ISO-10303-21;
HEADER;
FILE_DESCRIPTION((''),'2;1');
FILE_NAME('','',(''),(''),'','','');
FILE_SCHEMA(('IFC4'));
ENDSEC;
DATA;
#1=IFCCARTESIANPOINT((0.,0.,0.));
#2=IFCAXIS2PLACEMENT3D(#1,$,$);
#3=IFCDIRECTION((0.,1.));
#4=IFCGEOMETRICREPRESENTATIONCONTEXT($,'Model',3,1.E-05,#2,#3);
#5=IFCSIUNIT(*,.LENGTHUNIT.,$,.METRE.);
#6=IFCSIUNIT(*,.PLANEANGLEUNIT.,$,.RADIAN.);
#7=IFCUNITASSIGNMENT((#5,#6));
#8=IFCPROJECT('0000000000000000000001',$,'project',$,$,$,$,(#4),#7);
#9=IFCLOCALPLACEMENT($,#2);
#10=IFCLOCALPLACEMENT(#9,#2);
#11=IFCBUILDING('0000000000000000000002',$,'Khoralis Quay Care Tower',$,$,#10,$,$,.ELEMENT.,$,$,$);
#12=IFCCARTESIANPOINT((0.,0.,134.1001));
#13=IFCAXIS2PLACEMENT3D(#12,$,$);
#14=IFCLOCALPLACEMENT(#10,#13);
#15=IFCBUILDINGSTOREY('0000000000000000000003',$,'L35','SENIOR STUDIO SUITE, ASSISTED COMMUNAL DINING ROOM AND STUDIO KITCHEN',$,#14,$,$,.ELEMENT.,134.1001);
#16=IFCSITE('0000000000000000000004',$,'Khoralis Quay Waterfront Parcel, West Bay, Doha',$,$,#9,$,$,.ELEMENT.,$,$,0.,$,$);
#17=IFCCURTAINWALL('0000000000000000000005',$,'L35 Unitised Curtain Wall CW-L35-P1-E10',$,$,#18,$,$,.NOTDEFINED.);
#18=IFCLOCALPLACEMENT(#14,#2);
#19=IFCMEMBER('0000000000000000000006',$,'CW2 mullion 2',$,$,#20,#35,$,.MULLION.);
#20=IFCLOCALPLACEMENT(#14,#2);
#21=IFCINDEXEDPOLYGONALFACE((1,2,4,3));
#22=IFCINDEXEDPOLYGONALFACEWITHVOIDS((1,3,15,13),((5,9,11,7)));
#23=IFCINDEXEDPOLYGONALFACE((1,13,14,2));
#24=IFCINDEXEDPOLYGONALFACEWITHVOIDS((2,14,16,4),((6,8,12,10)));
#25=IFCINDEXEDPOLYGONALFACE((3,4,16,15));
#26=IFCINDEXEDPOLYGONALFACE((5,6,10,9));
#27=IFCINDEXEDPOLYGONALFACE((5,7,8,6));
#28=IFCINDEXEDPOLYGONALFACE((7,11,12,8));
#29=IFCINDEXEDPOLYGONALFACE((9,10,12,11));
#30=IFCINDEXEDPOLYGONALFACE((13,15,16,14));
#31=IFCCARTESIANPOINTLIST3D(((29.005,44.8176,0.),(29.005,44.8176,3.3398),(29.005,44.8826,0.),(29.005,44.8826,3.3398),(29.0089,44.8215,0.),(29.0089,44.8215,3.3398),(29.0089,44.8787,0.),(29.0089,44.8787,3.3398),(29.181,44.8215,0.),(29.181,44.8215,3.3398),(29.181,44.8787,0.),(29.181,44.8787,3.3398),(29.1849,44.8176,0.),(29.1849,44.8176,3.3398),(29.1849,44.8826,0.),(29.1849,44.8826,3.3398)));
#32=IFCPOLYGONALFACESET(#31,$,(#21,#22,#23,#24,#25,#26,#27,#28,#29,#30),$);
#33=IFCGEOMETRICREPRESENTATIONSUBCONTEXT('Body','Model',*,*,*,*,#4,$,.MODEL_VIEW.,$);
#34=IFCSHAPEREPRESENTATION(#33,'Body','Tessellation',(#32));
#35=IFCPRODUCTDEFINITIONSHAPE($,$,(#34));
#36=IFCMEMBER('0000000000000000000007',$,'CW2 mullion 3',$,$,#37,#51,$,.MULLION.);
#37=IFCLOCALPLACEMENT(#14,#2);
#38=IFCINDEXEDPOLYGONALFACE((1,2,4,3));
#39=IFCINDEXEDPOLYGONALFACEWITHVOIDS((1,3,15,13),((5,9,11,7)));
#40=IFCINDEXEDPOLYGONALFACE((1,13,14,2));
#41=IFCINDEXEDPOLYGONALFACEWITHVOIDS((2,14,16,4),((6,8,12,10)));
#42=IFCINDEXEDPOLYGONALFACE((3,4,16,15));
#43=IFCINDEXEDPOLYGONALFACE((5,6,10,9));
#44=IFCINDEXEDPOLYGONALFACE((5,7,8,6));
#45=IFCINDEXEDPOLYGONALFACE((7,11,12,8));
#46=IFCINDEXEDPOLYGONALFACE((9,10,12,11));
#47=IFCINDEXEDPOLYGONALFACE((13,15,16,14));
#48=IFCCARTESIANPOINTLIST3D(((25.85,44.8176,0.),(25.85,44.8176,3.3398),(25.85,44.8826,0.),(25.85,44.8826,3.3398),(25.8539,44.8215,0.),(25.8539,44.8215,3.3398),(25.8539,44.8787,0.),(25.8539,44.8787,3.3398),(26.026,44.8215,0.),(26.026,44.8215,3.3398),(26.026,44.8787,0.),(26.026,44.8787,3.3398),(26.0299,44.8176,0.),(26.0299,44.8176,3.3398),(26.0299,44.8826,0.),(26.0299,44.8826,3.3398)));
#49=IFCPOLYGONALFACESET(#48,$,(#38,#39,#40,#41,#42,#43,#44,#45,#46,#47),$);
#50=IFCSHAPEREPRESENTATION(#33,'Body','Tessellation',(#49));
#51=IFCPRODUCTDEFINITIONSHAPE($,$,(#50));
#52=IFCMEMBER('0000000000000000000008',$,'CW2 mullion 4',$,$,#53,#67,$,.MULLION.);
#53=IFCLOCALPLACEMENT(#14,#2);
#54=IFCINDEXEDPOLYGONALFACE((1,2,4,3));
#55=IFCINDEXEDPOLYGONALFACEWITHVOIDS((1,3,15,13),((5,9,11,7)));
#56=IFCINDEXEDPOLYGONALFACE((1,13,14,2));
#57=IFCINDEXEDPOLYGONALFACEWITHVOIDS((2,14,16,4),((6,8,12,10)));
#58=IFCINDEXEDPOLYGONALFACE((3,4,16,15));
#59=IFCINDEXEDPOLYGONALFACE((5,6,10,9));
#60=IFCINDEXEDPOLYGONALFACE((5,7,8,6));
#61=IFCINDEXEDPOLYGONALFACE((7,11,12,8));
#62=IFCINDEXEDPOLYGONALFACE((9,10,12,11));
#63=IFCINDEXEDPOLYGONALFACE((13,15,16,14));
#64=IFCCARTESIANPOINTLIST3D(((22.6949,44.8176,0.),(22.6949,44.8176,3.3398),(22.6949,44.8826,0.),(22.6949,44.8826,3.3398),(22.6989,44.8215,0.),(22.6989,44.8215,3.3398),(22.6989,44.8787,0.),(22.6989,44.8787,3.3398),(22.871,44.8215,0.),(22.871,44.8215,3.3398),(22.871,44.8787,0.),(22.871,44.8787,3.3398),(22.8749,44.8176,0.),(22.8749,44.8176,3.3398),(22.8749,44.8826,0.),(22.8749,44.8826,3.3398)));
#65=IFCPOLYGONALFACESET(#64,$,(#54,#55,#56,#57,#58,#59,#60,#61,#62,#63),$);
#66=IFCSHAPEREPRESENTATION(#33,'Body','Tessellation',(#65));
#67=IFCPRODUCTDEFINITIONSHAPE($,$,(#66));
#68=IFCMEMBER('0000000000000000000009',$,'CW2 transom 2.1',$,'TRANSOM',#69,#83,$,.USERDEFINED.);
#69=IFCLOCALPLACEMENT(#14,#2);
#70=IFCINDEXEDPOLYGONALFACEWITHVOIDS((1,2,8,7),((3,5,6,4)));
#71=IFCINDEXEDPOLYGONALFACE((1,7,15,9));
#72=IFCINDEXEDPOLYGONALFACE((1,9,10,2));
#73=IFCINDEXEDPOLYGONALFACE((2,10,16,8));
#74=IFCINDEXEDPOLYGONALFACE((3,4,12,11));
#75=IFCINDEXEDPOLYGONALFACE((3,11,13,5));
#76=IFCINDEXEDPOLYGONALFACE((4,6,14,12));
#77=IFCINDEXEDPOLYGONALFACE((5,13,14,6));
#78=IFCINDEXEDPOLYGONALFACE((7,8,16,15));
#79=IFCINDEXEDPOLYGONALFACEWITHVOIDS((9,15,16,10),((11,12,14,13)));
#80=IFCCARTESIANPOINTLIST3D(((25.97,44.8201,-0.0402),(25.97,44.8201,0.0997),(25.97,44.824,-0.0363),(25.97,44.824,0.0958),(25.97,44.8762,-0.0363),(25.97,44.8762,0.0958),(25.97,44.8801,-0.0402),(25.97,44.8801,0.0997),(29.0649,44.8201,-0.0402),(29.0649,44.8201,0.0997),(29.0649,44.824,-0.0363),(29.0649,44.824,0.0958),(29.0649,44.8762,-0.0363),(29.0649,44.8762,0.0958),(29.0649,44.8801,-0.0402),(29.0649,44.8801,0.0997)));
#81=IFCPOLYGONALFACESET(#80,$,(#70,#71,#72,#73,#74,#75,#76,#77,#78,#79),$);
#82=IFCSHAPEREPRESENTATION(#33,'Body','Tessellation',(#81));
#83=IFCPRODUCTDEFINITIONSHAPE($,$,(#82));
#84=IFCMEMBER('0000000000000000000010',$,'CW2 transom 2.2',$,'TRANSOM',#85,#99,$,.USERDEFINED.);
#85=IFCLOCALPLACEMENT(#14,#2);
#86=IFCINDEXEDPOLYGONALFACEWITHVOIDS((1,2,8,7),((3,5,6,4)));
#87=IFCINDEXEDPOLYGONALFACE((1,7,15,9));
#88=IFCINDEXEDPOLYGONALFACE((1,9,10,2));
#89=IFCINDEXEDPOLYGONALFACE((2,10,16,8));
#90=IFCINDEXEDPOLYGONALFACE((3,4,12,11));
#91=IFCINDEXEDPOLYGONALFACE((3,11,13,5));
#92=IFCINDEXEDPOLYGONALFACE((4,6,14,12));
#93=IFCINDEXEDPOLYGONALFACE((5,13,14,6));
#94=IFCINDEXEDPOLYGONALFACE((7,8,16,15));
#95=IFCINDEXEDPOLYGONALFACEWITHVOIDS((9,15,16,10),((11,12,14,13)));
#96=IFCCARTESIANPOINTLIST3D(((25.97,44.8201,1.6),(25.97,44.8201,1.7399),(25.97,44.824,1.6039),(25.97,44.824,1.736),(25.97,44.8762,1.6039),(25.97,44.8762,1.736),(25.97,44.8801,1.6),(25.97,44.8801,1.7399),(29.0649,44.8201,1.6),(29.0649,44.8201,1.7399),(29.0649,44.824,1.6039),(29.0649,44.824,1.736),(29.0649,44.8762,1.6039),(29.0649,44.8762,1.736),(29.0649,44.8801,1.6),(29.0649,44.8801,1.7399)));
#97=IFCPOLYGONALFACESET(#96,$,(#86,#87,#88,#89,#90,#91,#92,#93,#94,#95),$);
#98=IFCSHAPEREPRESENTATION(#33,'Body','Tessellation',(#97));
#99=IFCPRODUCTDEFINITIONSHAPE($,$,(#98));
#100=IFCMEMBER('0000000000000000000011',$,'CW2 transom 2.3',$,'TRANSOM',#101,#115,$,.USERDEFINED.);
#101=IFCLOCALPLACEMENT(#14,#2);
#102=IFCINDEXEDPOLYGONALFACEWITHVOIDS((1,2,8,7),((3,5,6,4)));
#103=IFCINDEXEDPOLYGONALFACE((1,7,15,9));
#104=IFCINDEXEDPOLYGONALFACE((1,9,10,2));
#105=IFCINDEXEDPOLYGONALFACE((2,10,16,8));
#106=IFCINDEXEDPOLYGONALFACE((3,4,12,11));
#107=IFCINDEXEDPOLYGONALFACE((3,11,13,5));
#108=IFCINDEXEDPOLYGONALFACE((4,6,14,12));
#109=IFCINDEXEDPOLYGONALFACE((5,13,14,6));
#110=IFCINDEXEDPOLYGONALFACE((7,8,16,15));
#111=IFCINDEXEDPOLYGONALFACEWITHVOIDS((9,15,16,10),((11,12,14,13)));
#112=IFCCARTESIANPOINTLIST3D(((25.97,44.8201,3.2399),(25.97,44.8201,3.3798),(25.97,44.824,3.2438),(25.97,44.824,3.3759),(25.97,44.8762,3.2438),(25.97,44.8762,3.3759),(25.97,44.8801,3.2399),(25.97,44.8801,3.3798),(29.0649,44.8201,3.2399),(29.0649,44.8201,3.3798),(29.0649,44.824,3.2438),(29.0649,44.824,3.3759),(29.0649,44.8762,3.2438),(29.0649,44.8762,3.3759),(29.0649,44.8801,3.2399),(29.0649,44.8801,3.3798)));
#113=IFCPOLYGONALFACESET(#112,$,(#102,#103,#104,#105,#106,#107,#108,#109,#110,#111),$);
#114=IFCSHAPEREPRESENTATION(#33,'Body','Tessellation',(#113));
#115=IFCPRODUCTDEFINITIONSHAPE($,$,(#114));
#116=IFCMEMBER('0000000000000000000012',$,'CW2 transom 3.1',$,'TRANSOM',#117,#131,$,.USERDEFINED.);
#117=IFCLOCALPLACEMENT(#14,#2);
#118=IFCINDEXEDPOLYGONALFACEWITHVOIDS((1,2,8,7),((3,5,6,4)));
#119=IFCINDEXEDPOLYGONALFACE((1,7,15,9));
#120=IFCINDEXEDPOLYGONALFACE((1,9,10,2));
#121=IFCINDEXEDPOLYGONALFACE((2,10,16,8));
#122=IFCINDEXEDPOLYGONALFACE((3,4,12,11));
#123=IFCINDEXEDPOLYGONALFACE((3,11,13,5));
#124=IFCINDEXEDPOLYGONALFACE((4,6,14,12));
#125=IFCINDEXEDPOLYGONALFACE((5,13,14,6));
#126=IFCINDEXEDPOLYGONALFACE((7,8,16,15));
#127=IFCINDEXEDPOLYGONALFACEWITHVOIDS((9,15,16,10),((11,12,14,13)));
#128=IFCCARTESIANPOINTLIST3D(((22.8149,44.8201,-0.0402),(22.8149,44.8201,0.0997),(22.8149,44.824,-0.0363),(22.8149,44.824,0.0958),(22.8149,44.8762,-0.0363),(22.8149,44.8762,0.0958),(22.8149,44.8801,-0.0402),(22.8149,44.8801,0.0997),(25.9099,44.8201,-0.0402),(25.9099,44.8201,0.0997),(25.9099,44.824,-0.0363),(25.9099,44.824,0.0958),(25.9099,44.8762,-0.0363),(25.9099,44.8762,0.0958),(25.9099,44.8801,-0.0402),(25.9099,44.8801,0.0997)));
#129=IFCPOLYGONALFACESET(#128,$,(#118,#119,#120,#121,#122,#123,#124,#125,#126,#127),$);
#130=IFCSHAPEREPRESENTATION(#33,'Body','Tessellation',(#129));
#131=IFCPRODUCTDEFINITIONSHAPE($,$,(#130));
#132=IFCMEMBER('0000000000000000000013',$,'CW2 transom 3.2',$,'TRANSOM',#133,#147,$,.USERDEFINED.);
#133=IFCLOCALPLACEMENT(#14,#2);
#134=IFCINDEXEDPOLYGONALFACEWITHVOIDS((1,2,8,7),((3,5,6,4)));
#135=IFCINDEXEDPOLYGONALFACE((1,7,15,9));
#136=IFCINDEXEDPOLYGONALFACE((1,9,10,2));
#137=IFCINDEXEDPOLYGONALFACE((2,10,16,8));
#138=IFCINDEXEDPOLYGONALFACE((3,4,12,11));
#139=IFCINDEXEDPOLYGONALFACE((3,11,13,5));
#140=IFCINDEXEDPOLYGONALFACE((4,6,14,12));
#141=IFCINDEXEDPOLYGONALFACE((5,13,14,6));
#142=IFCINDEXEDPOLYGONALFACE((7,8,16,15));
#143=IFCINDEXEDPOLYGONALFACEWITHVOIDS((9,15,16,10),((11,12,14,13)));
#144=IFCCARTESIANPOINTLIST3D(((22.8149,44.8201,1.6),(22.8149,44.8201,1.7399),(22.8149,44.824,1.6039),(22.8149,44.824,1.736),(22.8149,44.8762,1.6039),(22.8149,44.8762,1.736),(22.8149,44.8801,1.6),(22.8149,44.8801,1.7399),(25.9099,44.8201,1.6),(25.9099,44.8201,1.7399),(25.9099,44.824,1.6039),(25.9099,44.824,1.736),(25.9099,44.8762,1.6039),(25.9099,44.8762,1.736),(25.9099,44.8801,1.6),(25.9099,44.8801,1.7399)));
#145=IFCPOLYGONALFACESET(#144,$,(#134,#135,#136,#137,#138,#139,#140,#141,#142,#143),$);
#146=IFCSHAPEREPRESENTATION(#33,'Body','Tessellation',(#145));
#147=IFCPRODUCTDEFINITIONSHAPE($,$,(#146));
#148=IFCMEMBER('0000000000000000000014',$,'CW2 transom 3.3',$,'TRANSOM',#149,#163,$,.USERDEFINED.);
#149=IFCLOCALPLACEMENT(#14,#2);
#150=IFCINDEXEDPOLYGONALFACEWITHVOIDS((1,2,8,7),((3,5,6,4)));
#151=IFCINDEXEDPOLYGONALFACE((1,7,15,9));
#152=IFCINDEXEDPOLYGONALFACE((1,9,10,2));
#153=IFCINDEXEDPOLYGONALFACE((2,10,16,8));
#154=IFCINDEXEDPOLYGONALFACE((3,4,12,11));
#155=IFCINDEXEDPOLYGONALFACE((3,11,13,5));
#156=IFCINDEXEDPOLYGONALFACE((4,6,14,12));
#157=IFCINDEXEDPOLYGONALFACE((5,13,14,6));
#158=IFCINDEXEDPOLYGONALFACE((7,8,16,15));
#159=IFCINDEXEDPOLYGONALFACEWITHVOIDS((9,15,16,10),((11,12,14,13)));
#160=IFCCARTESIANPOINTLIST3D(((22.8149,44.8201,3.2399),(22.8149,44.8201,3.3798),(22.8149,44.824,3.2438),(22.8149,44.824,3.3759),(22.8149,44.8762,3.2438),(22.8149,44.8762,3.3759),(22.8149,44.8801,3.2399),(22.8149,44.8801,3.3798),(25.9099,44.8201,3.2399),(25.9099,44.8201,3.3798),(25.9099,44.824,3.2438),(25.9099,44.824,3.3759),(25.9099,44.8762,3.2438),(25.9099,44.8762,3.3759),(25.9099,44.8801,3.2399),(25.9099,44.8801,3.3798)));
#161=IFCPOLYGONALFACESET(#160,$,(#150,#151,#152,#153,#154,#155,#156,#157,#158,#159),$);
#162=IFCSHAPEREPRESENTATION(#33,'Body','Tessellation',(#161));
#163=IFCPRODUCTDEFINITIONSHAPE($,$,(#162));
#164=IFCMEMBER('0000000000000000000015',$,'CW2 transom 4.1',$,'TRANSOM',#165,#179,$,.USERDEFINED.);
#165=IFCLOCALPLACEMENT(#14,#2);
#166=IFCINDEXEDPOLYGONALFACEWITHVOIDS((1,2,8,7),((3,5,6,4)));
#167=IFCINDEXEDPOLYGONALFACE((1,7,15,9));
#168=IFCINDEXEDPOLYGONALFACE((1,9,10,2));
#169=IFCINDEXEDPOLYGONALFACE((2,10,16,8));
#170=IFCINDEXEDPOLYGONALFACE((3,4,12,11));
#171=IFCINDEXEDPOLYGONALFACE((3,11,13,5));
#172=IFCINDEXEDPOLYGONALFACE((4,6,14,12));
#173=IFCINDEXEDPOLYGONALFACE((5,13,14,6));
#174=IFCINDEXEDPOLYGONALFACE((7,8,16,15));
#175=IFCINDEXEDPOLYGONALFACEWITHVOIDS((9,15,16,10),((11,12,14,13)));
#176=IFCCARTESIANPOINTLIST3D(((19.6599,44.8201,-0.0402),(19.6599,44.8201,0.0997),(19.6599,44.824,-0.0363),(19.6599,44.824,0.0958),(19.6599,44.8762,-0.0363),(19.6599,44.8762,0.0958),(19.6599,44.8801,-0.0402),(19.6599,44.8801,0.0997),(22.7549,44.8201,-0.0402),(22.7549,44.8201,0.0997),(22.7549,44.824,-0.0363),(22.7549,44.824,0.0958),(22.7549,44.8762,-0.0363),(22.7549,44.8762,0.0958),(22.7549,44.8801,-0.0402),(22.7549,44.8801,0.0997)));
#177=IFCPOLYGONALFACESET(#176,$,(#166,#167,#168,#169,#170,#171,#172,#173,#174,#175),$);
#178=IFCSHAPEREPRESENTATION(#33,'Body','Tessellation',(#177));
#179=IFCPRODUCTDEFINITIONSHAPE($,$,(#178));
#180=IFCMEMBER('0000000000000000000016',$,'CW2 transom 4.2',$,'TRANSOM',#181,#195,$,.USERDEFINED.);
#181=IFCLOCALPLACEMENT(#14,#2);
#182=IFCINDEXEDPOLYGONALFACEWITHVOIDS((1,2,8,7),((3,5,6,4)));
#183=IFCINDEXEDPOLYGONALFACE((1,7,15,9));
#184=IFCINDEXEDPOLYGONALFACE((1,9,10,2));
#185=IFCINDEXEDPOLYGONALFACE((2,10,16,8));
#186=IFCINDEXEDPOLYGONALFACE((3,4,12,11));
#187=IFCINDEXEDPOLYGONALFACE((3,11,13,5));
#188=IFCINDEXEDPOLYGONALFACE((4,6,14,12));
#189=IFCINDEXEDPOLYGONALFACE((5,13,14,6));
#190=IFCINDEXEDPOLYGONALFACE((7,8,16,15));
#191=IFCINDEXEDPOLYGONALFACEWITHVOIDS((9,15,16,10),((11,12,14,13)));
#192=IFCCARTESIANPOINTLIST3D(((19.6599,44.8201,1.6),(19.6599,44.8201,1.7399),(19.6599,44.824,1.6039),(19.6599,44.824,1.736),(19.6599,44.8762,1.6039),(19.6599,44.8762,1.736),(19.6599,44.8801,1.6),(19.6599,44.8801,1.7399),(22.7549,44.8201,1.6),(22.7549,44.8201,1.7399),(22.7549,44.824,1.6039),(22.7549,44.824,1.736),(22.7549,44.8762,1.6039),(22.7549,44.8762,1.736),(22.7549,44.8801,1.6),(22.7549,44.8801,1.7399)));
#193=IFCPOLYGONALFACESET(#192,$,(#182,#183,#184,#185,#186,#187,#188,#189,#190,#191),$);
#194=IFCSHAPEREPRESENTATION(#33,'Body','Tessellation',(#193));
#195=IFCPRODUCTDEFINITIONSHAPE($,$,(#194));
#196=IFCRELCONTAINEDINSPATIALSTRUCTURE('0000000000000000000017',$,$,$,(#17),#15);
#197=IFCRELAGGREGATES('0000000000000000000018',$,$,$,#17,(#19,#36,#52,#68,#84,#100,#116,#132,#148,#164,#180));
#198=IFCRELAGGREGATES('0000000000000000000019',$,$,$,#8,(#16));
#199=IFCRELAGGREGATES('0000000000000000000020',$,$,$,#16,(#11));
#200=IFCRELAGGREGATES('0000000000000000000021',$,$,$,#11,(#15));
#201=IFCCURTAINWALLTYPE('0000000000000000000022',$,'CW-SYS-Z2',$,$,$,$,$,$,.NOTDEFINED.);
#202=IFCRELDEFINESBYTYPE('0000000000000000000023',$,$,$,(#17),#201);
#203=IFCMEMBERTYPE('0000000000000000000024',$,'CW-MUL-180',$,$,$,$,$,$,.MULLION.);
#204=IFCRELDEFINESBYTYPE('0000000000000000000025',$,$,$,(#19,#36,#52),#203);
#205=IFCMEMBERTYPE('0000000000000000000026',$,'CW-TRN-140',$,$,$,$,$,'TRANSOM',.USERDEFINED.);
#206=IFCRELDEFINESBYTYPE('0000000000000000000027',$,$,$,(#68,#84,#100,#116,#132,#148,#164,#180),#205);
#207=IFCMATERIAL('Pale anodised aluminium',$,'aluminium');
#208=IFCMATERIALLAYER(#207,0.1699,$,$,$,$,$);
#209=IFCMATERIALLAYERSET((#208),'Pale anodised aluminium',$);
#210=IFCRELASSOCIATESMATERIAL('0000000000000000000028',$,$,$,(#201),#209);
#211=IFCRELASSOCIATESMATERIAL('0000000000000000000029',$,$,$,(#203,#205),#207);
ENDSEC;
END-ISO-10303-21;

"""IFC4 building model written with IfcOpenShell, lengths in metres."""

from ifc_helpers import new_model, si_unit, direction, frame, origin, origin_2d, place, context, subcontext, project, spatial, hollow_rectangle, extrude, source, transform, mapped, material, layer, layer_set, material_profile, profile_set, type_object, element, aggregate, save


model = new_model("IFC4")

# Units and contexts
model_context = context("Model", 3, precision=1e-05, world=origin(), true_north=direction((0.0, 1.0)))
body_context = subcontext(model_context, "Body", "Model", "MODEL_VIEW")
ifc_project = project(units=[si_unit("LENGTHUNIT", "METRE"), si_unit("PLANEANGLEUNIT", "RADIAN")], contexts=[model_context])

# Site, building, storey
site_placement = place(None, origin())
site = spatial("IfcSite", under=ifc_project, at=site_placement, Name="Khoralis Quay Waterfront Parcel, West Bay, Doha", CompositionType="ELEMENT", RefElevation=0.0)
building_placement = place(site_placement, origin())
building = spatial("IfcBuilding", under=site, at=building_placement, Name="Khoralis Quay Care Tower", CompositionType="ELEMENT")
storey_placement = place(building_placement, frame((0.0, 0.0, 134.1001)))
storey = spatial("IfcBuildingStorey", under=building, at=storey_placement, Name="L35", Description="SENIOR STUDIO SUITE, ASSISTED COMMUNAL DINING ROOM AND STUDIO KITCHEN", CompositionType="ELEMENT", Elevation=134.1001)

# Curtain wall, members
ifc_material_1 = material(Name="Pale anodised aluminium", Category="aluminium")
ifc_layer_1 = layer(ifc_material_1, 0.1699)
ifc_layer_set_1 = layer_set([ifc_layer_1], Name="Pale anodised aluminium")
curtain_wall_type = type_object("IfcCurtainWallType", Name="CW-SYS-Z2", PredefinedType="NOTDEFINED", material=ifc_layer_set_1)
curtain_wall_placement = place(storey_placement, origin())
curtain_wall = element("IfcCurtainWall", 1, at=curtain_wall_placement, inside=storey, type_object=curtain_wall_type, Name="L35 Unitised Curtain Wall CW-L35-P1-E10", PredefinedType="NOTDEFINED")
ifc_material_profile_1 = material_profile(ifc_material_1, hollow_rectangle(XDim=0.0649, YDim=0.1799, WallThickness=0.0039, at=origin_2d()), Name="Pale anodised aluminium")
ifc_profile_set_1 = profile_set([ifc_material_profile_1], Name="Pale anodised aluminium")
member_type_1 = type_object("IfcMemberType", Name="CW-MUL-180", PredefinedType="MULLION", material=ifc_profile_set_1)
shared_shape_1 = source(origin(), body_context, "Body", "SweptSolid", [
    extrude(hollow_rectangle(XDim=0.0649, YDim=0.1799, WallThickness=0.0039, at=origin_2d()), origin(), (0.0, 0.0, 1.0), 3.3398),
])
member_1_placement = place(storey_placement, frame((29.095, 44.8501, 0.0), z_axis=(0.0, 0.0, 1.0), x_axis=(0.0, -1.0, 0.0)))
member_1 = element("IfcMember", 2, at=member_1_placement, type_object=member_type_1, Name="CW2 mullion 2", PredefinedType="MULLION", context=body_context, shape_type="MappedRepresentation", body=[
    mapped(shared_shape_1, transform((0.0, 0.0, 0.0), scale=1.0)),
])
member_2_placement = place(storey_placement, frame((25.9399, 44.8501, 0.0), z_axis=(0.0, 0.0, 1.0), x_axis=(0.0, -1.0, 0.0)))
member_2 = element("IfcMember", 3, at=member_2_placement, type_object=member_type_1, Name="CW2 mullion 3", PredefinedType="MULLION", context=body_context, shape_type="MappedRepresentation", body=[
    mapped(shared_shape_1, transform((0.0, 0.0, 0.0), scale=1.0)),
])
member_3_placement = place(storey_placement, frame((22.7849, 44.8501, 0.0), z_axis=(0.0, 0.0, 1.0), x_axis=(0.0, -1.0, 0.0)))
member_3 = element("IfcMember", 4, at=member_3_placement, type_object=member_type_1, Name="CW2 mullion 4", PredefinedType="MULLION", context=body_context, shape_type="MappedRepresentation", body=[
    mapped(shared_shape_1, transform((0.0, 0.0, 0.0), scale=1.0)),
])
ifc_material_profile_2 = material_profile(ifc_material_1, hollow_rectangle(XDim=0.0601, YDim=0.1399, WallThickness=0.0039, at=origin_2d()), Name="Pale anodised aluminium")
ifc_profile_set_2 = profile_set([ifc_material_profile_2], Name="Pale anodised aluminium")
member_type_2 = type_object("IfcMemberType", Name="CW-TRN-140", ElementType="TRANSOM", PredefinedType="USERDEFINED", material=ifc_profile_set_2)
shared_shape_2 = source(origin(), body_context, "Body", "SweptSolid", [
    extrude(hollow_rectangle(XDim=0.0601, YDim=0.1399, WallThickness=0.0039, at=origin_2d()), origin(), (0.0, 0.0, 1.0), 3.095),
])
member_4_placement = place(storey_placement, frame((29.0649, 44.8501, 0.0298), z_axis=(-1.0, 0.0, 0.0), x_axis=(0.0, -1.0, 0.0)))
member_4 = element("IfcMember", 5, at=member_4_placement, type_object=member_type_2, Name="CW2 transom 2.1", ObjectType="TRANSOM", PredefinedType="USERDEFINED", context=body_context, shape_type="MappedRepresentation", body=[
    mapped(shared_shape_2, transform((0.0, 0.0, 0.0), scale=1.0)),
])
member_5_placement = place(storey_placement, frame((29.0649, 44.8501, 1.6699), z_axis=(-1.0, 0.0, 0.0), x_axis=(0.0, -1.0, 0.0)))
member_5 = element("IfcMember", 6, at=member_5_placement, type_object=member_type_2, Name="CW2 transom 2.2", ObjectType="TRANSOM", PredefinedType="USERDEFINED", context=body_context, shape_type="MappedRepresentation", body=[
    mapped(shared_shape_2, transform((0.0, 0.0, 0.0), scale=1.0)),
])
member_6_placement = place(storey_placement, frame((29.0649, 44.8501, 3.3098), z_axis=(-1.0, 0.0, 0.0), x_axis=(0.0, -1.0, 0.0)))
member_6 = element("IfcMember", 7, at=member_6_placement, type_object=member_type_2, Name="CW2 transom 2.3", ObjectType="TRANSOM", PredefinedType="USERDEFINED", context=body_context, shape_type="MappedRepresentation", body=[
    mapped(shared_shape_2, transform((0.0, 0.0, 0.0), scale=1.0)),
])
member_7_placement = place(storey_placement, frame((25.9099, 44.8501, 0.0298), z_axis=(-1.0, 0.0, 0.0), x_axis=(0.0, -1.0, 0.0)))
member_7 = element("IfcMember", 8, at=member_7_placement, type_object=member_type_2, Name="CW2 transom 3.1", ObjectType="TRANSOM", PredefinedType="USERDEFINED", context=body_context, shape_type="MappedRepresentation", body=[
    mapped(shared_shape_2, transform((0.0, 0.0, 0.0), scale=1.0)),
])
member_8_placement = place(storey_placement, frame((25.9099, 44.8501, 1.6699), z_axis=(-1.0, 0.0, 0.0), x_axis=(0.0, -1.0, 0.0)))
member_8 = element("IfcMember", 9, at=member_8_placement, type_object=member_type_2, Name="CW2 transom 3.2", ObjectType="TRANSOM", PredefinedType="USERDEFINED", context=body_context, shape_type="MappedRepresentation", body=[
    mapped(shared_shape_2, transform((0.0, 0.0, 0.0), scale=1.0)),
])
member_9_placement = place(storey_placement, frame((25.9099, 44.8501, 3.3098), z_axis=(-1.0, 0.0, 0.0), x_axis=(0.0, -1.0, 0.0)))
member_9 = element("IfcMember", 10, at=member_9_placement, type_object=member_type_2, Name="CW2 transom 3.3", ObjectType="TRANSOM", PredefinedType="USERDEFINED", context=body_context, shape_type="MappedRepresentation", body=[
    mapped(shared_shape_2, transform((0.0, 0.0, 0.0), scale=1.0)),
])
member_10_placement = place(storey_placement, frame((22.7549, 44.8501, 0.0298), z_axis=(-1.0, 0.0, 0.0), x_axis=(0.0, -1.0, 0.0)))
member_10 = element("IfcMember", 11, at=member_10_placement, type_object=member_type_2, Name="CW2 transom 4.1", ObjectType="TRANSOM", PredefinedType="USERDEFINED", context=body_context, shape_type="MappedRepresentation", body=[
    mapped(shared_shape_2, transform((0.0, 0.0, 0.0), scale=1.0)),
])
member_11_placement = place(storey_placement, frame((22.7549, 44.8501, 1.6699), z_axis=(-1.0, 0.0, 0.0), x_axis=(0.0, -1.0, 0.0)))
member_11 = element("IfcMember", 12, at=member_11_placement, type_object=member_type_2, Name="CW2 transom 4.2", ObjectType="TRANSOM", PredefinedType="USERDEFINED", context=body_context, shape_type="MappedRepresentation", body=[
    mapped(shared_shape_2, transform((0.0, 0.0, 0.0), scale=1.0)),
])
aggregate(curtain_wall, [member_1, member_2, member_3, member_4, member_5, member_6, member_7, member_8, member_9, member_10, member_11])

save(model, "model.ifc")
